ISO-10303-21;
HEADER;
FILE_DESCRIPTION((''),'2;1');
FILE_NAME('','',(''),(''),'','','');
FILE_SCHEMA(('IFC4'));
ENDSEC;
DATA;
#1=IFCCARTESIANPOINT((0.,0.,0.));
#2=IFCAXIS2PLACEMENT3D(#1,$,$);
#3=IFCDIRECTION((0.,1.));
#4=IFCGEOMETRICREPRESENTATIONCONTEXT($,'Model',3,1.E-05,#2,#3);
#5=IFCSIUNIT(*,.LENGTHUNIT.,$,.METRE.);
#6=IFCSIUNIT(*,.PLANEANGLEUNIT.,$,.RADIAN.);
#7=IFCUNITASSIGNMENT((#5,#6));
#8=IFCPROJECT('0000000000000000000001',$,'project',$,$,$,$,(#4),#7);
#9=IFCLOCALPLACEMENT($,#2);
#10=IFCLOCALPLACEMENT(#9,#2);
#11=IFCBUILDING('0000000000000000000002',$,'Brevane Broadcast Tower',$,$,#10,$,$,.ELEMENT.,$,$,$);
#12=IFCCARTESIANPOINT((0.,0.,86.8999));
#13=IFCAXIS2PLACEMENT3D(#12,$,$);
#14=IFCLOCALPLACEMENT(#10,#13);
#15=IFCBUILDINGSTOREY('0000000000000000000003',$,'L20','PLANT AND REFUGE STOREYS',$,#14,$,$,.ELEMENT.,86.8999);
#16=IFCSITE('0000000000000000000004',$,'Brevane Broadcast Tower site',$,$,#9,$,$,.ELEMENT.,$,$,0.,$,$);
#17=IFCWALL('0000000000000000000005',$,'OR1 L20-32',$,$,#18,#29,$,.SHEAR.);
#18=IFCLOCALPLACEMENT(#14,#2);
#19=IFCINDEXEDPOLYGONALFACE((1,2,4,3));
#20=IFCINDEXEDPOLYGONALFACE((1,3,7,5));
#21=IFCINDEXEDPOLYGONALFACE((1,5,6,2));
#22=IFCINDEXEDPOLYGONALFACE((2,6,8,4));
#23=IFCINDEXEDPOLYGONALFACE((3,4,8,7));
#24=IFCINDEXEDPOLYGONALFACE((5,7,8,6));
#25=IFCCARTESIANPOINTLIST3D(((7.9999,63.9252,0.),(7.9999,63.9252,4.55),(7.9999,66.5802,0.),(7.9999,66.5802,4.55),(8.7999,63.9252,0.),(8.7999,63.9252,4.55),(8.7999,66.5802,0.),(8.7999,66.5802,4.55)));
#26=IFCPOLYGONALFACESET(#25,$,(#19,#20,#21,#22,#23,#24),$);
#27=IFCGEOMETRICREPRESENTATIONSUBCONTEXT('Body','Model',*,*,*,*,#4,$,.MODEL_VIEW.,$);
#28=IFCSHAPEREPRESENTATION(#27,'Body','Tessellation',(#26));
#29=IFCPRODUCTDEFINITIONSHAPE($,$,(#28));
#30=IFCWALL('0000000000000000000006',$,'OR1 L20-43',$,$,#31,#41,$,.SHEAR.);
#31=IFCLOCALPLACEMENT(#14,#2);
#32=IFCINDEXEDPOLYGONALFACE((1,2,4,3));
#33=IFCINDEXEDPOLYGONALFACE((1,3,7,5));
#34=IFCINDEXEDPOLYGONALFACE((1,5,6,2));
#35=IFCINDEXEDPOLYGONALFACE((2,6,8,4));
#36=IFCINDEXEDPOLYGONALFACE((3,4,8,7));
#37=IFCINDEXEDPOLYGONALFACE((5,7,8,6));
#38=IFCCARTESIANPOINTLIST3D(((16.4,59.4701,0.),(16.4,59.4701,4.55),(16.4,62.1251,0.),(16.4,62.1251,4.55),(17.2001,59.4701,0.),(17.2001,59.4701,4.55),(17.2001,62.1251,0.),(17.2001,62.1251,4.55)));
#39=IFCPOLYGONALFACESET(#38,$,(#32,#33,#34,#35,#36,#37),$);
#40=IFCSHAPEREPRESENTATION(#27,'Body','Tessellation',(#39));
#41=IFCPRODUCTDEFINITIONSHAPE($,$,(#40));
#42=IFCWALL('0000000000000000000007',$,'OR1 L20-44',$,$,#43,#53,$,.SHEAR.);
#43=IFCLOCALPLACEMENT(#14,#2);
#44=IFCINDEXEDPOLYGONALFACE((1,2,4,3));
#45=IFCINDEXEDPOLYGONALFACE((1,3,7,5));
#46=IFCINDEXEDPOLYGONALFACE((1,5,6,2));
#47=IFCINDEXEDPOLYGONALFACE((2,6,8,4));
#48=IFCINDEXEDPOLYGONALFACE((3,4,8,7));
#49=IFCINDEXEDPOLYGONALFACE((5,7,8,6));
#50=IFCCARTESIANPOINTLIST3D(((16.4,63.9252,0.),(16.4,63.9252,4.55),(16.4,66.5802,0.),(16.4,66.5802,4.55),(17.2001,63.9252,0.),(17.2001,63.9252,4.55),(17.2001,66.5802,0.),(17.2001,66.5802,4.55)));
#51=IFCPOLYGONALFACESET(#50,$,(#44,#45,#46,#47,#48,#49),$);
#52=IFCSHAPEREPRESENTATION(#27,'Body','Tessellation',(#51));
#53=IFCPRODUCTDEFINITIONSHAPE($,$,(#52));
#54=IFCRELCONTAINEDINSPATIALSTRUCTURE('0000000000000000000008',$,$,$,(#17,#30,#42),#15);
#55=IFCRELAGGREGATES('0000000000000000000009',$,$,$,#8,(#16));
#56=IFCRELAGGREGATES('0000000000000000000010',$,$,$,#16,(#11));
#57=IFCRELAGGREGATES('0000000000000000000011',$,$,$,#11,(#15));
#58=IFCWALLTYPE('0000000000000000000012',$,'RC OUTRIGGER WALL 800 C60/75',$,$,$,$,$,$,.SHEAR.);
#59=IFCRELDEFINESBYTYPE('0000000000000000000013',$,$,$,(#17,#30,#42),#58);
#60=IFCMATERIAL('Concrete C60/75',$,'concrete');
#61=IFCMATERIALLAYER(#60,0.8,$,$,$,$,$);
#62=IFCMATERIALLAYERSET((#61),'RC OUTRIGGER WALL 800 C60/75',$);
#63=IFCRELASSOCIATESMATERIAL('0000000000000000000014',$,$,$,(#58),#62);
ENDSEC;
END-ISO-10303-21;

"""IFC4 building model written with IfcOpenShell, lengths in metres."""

from ifc_helpers import new_model, si_unit, direction, frame, frame_2d, origin, place, context, subcontext, project, spatial, rectangle, extrude, material, layer, layer_set, type_object, element, save


model = new_model("IFC4")

# Units and contexts
model_context = context("Model", 3, precision=1e-05, world=origin(), true_north=direction((0.0, 1.0)))
body_context = subcontext(model_context, "Body", "Model", "MODEL_VIEW")
ifc_project = project(units=[si_unit("LENGTHUNIT", "METRE"), si_unit("PLANEANGLEUNIT", "RADIAN")], contexts=[model_context])

# Site, building, storey
site_placement = place(None, origin())
site = spatial("IfcSite", under=ifc_project, at=site_placement, Name="Brevane Broadcast Tower site", CompositionType="ELEMENT", RefElevation=0.0)
building_placement = place(site_placement, origin())
building = spatial("IfcBuilding", under=site, at=building_placement, Name="Brevane Broadcast Tower", CompositionType="ELEMENT")
storey_placement = place(building_placement, frame((0.0, 0.0, 86.8999)))
storey = spatial("IfcBuildingStorey", under=building, at=storey_placement, Name="L20", Description="PLANT AND REFUGE STOREYS", CompositionType="ELEMENT", Elevation=86.8999)

# Walls
ifc_material_1 = material(Name="Concrete C60/75", Category="concrete")
ifc_layer_1 = layer(ifc_material_1, 0.8)
ifc_layer_set_1 = layer_set([ifc_layer_1], Name="RC OUTRIGGER WALL 800 C60/75")
wall_type_1 = type_object("IfcWallType", Name="RC OUTRIGGER WALL 800 C60/75", PredefinedType="SHEAR", material=ifc_layer_set_1)
for number, where, z_axis, x_axis, name in (
    (1, (8.3999, 63.925, 0.0), (0.0, 0.0, 1.0), (0.0, 1.0, 0.0), "OR1 L20-32"),
    (2, (16.8, 59.47, 0.0), (0.0, 0.0, 1.0), (0.0, 1.0, 0.0), "OR1 L20-43"),
    (3, (16.8, 63.925, 0.0), (0.0, 0.0, 1.0), (0.0, 1.0, 0.0), "OR1 L20-44"),
):
    element("IfcWall", number, at=place(storey_placement, frame(where, z_axis=z_axis, x_axis=x_axis)), inside=storey, type_object=wall_type_1, Name=name, PredefinedType="SHEAR", context=body_context, shape_type="SweptSolid", body=[
        extrude(rectangle(XDim=2.655, YDim=0.8, at=frame_2d((1.3276, 0.0))), origin(), (0.0, 0.0, 1.0), 4.55),
    ])

save(model, "model.ifc")
